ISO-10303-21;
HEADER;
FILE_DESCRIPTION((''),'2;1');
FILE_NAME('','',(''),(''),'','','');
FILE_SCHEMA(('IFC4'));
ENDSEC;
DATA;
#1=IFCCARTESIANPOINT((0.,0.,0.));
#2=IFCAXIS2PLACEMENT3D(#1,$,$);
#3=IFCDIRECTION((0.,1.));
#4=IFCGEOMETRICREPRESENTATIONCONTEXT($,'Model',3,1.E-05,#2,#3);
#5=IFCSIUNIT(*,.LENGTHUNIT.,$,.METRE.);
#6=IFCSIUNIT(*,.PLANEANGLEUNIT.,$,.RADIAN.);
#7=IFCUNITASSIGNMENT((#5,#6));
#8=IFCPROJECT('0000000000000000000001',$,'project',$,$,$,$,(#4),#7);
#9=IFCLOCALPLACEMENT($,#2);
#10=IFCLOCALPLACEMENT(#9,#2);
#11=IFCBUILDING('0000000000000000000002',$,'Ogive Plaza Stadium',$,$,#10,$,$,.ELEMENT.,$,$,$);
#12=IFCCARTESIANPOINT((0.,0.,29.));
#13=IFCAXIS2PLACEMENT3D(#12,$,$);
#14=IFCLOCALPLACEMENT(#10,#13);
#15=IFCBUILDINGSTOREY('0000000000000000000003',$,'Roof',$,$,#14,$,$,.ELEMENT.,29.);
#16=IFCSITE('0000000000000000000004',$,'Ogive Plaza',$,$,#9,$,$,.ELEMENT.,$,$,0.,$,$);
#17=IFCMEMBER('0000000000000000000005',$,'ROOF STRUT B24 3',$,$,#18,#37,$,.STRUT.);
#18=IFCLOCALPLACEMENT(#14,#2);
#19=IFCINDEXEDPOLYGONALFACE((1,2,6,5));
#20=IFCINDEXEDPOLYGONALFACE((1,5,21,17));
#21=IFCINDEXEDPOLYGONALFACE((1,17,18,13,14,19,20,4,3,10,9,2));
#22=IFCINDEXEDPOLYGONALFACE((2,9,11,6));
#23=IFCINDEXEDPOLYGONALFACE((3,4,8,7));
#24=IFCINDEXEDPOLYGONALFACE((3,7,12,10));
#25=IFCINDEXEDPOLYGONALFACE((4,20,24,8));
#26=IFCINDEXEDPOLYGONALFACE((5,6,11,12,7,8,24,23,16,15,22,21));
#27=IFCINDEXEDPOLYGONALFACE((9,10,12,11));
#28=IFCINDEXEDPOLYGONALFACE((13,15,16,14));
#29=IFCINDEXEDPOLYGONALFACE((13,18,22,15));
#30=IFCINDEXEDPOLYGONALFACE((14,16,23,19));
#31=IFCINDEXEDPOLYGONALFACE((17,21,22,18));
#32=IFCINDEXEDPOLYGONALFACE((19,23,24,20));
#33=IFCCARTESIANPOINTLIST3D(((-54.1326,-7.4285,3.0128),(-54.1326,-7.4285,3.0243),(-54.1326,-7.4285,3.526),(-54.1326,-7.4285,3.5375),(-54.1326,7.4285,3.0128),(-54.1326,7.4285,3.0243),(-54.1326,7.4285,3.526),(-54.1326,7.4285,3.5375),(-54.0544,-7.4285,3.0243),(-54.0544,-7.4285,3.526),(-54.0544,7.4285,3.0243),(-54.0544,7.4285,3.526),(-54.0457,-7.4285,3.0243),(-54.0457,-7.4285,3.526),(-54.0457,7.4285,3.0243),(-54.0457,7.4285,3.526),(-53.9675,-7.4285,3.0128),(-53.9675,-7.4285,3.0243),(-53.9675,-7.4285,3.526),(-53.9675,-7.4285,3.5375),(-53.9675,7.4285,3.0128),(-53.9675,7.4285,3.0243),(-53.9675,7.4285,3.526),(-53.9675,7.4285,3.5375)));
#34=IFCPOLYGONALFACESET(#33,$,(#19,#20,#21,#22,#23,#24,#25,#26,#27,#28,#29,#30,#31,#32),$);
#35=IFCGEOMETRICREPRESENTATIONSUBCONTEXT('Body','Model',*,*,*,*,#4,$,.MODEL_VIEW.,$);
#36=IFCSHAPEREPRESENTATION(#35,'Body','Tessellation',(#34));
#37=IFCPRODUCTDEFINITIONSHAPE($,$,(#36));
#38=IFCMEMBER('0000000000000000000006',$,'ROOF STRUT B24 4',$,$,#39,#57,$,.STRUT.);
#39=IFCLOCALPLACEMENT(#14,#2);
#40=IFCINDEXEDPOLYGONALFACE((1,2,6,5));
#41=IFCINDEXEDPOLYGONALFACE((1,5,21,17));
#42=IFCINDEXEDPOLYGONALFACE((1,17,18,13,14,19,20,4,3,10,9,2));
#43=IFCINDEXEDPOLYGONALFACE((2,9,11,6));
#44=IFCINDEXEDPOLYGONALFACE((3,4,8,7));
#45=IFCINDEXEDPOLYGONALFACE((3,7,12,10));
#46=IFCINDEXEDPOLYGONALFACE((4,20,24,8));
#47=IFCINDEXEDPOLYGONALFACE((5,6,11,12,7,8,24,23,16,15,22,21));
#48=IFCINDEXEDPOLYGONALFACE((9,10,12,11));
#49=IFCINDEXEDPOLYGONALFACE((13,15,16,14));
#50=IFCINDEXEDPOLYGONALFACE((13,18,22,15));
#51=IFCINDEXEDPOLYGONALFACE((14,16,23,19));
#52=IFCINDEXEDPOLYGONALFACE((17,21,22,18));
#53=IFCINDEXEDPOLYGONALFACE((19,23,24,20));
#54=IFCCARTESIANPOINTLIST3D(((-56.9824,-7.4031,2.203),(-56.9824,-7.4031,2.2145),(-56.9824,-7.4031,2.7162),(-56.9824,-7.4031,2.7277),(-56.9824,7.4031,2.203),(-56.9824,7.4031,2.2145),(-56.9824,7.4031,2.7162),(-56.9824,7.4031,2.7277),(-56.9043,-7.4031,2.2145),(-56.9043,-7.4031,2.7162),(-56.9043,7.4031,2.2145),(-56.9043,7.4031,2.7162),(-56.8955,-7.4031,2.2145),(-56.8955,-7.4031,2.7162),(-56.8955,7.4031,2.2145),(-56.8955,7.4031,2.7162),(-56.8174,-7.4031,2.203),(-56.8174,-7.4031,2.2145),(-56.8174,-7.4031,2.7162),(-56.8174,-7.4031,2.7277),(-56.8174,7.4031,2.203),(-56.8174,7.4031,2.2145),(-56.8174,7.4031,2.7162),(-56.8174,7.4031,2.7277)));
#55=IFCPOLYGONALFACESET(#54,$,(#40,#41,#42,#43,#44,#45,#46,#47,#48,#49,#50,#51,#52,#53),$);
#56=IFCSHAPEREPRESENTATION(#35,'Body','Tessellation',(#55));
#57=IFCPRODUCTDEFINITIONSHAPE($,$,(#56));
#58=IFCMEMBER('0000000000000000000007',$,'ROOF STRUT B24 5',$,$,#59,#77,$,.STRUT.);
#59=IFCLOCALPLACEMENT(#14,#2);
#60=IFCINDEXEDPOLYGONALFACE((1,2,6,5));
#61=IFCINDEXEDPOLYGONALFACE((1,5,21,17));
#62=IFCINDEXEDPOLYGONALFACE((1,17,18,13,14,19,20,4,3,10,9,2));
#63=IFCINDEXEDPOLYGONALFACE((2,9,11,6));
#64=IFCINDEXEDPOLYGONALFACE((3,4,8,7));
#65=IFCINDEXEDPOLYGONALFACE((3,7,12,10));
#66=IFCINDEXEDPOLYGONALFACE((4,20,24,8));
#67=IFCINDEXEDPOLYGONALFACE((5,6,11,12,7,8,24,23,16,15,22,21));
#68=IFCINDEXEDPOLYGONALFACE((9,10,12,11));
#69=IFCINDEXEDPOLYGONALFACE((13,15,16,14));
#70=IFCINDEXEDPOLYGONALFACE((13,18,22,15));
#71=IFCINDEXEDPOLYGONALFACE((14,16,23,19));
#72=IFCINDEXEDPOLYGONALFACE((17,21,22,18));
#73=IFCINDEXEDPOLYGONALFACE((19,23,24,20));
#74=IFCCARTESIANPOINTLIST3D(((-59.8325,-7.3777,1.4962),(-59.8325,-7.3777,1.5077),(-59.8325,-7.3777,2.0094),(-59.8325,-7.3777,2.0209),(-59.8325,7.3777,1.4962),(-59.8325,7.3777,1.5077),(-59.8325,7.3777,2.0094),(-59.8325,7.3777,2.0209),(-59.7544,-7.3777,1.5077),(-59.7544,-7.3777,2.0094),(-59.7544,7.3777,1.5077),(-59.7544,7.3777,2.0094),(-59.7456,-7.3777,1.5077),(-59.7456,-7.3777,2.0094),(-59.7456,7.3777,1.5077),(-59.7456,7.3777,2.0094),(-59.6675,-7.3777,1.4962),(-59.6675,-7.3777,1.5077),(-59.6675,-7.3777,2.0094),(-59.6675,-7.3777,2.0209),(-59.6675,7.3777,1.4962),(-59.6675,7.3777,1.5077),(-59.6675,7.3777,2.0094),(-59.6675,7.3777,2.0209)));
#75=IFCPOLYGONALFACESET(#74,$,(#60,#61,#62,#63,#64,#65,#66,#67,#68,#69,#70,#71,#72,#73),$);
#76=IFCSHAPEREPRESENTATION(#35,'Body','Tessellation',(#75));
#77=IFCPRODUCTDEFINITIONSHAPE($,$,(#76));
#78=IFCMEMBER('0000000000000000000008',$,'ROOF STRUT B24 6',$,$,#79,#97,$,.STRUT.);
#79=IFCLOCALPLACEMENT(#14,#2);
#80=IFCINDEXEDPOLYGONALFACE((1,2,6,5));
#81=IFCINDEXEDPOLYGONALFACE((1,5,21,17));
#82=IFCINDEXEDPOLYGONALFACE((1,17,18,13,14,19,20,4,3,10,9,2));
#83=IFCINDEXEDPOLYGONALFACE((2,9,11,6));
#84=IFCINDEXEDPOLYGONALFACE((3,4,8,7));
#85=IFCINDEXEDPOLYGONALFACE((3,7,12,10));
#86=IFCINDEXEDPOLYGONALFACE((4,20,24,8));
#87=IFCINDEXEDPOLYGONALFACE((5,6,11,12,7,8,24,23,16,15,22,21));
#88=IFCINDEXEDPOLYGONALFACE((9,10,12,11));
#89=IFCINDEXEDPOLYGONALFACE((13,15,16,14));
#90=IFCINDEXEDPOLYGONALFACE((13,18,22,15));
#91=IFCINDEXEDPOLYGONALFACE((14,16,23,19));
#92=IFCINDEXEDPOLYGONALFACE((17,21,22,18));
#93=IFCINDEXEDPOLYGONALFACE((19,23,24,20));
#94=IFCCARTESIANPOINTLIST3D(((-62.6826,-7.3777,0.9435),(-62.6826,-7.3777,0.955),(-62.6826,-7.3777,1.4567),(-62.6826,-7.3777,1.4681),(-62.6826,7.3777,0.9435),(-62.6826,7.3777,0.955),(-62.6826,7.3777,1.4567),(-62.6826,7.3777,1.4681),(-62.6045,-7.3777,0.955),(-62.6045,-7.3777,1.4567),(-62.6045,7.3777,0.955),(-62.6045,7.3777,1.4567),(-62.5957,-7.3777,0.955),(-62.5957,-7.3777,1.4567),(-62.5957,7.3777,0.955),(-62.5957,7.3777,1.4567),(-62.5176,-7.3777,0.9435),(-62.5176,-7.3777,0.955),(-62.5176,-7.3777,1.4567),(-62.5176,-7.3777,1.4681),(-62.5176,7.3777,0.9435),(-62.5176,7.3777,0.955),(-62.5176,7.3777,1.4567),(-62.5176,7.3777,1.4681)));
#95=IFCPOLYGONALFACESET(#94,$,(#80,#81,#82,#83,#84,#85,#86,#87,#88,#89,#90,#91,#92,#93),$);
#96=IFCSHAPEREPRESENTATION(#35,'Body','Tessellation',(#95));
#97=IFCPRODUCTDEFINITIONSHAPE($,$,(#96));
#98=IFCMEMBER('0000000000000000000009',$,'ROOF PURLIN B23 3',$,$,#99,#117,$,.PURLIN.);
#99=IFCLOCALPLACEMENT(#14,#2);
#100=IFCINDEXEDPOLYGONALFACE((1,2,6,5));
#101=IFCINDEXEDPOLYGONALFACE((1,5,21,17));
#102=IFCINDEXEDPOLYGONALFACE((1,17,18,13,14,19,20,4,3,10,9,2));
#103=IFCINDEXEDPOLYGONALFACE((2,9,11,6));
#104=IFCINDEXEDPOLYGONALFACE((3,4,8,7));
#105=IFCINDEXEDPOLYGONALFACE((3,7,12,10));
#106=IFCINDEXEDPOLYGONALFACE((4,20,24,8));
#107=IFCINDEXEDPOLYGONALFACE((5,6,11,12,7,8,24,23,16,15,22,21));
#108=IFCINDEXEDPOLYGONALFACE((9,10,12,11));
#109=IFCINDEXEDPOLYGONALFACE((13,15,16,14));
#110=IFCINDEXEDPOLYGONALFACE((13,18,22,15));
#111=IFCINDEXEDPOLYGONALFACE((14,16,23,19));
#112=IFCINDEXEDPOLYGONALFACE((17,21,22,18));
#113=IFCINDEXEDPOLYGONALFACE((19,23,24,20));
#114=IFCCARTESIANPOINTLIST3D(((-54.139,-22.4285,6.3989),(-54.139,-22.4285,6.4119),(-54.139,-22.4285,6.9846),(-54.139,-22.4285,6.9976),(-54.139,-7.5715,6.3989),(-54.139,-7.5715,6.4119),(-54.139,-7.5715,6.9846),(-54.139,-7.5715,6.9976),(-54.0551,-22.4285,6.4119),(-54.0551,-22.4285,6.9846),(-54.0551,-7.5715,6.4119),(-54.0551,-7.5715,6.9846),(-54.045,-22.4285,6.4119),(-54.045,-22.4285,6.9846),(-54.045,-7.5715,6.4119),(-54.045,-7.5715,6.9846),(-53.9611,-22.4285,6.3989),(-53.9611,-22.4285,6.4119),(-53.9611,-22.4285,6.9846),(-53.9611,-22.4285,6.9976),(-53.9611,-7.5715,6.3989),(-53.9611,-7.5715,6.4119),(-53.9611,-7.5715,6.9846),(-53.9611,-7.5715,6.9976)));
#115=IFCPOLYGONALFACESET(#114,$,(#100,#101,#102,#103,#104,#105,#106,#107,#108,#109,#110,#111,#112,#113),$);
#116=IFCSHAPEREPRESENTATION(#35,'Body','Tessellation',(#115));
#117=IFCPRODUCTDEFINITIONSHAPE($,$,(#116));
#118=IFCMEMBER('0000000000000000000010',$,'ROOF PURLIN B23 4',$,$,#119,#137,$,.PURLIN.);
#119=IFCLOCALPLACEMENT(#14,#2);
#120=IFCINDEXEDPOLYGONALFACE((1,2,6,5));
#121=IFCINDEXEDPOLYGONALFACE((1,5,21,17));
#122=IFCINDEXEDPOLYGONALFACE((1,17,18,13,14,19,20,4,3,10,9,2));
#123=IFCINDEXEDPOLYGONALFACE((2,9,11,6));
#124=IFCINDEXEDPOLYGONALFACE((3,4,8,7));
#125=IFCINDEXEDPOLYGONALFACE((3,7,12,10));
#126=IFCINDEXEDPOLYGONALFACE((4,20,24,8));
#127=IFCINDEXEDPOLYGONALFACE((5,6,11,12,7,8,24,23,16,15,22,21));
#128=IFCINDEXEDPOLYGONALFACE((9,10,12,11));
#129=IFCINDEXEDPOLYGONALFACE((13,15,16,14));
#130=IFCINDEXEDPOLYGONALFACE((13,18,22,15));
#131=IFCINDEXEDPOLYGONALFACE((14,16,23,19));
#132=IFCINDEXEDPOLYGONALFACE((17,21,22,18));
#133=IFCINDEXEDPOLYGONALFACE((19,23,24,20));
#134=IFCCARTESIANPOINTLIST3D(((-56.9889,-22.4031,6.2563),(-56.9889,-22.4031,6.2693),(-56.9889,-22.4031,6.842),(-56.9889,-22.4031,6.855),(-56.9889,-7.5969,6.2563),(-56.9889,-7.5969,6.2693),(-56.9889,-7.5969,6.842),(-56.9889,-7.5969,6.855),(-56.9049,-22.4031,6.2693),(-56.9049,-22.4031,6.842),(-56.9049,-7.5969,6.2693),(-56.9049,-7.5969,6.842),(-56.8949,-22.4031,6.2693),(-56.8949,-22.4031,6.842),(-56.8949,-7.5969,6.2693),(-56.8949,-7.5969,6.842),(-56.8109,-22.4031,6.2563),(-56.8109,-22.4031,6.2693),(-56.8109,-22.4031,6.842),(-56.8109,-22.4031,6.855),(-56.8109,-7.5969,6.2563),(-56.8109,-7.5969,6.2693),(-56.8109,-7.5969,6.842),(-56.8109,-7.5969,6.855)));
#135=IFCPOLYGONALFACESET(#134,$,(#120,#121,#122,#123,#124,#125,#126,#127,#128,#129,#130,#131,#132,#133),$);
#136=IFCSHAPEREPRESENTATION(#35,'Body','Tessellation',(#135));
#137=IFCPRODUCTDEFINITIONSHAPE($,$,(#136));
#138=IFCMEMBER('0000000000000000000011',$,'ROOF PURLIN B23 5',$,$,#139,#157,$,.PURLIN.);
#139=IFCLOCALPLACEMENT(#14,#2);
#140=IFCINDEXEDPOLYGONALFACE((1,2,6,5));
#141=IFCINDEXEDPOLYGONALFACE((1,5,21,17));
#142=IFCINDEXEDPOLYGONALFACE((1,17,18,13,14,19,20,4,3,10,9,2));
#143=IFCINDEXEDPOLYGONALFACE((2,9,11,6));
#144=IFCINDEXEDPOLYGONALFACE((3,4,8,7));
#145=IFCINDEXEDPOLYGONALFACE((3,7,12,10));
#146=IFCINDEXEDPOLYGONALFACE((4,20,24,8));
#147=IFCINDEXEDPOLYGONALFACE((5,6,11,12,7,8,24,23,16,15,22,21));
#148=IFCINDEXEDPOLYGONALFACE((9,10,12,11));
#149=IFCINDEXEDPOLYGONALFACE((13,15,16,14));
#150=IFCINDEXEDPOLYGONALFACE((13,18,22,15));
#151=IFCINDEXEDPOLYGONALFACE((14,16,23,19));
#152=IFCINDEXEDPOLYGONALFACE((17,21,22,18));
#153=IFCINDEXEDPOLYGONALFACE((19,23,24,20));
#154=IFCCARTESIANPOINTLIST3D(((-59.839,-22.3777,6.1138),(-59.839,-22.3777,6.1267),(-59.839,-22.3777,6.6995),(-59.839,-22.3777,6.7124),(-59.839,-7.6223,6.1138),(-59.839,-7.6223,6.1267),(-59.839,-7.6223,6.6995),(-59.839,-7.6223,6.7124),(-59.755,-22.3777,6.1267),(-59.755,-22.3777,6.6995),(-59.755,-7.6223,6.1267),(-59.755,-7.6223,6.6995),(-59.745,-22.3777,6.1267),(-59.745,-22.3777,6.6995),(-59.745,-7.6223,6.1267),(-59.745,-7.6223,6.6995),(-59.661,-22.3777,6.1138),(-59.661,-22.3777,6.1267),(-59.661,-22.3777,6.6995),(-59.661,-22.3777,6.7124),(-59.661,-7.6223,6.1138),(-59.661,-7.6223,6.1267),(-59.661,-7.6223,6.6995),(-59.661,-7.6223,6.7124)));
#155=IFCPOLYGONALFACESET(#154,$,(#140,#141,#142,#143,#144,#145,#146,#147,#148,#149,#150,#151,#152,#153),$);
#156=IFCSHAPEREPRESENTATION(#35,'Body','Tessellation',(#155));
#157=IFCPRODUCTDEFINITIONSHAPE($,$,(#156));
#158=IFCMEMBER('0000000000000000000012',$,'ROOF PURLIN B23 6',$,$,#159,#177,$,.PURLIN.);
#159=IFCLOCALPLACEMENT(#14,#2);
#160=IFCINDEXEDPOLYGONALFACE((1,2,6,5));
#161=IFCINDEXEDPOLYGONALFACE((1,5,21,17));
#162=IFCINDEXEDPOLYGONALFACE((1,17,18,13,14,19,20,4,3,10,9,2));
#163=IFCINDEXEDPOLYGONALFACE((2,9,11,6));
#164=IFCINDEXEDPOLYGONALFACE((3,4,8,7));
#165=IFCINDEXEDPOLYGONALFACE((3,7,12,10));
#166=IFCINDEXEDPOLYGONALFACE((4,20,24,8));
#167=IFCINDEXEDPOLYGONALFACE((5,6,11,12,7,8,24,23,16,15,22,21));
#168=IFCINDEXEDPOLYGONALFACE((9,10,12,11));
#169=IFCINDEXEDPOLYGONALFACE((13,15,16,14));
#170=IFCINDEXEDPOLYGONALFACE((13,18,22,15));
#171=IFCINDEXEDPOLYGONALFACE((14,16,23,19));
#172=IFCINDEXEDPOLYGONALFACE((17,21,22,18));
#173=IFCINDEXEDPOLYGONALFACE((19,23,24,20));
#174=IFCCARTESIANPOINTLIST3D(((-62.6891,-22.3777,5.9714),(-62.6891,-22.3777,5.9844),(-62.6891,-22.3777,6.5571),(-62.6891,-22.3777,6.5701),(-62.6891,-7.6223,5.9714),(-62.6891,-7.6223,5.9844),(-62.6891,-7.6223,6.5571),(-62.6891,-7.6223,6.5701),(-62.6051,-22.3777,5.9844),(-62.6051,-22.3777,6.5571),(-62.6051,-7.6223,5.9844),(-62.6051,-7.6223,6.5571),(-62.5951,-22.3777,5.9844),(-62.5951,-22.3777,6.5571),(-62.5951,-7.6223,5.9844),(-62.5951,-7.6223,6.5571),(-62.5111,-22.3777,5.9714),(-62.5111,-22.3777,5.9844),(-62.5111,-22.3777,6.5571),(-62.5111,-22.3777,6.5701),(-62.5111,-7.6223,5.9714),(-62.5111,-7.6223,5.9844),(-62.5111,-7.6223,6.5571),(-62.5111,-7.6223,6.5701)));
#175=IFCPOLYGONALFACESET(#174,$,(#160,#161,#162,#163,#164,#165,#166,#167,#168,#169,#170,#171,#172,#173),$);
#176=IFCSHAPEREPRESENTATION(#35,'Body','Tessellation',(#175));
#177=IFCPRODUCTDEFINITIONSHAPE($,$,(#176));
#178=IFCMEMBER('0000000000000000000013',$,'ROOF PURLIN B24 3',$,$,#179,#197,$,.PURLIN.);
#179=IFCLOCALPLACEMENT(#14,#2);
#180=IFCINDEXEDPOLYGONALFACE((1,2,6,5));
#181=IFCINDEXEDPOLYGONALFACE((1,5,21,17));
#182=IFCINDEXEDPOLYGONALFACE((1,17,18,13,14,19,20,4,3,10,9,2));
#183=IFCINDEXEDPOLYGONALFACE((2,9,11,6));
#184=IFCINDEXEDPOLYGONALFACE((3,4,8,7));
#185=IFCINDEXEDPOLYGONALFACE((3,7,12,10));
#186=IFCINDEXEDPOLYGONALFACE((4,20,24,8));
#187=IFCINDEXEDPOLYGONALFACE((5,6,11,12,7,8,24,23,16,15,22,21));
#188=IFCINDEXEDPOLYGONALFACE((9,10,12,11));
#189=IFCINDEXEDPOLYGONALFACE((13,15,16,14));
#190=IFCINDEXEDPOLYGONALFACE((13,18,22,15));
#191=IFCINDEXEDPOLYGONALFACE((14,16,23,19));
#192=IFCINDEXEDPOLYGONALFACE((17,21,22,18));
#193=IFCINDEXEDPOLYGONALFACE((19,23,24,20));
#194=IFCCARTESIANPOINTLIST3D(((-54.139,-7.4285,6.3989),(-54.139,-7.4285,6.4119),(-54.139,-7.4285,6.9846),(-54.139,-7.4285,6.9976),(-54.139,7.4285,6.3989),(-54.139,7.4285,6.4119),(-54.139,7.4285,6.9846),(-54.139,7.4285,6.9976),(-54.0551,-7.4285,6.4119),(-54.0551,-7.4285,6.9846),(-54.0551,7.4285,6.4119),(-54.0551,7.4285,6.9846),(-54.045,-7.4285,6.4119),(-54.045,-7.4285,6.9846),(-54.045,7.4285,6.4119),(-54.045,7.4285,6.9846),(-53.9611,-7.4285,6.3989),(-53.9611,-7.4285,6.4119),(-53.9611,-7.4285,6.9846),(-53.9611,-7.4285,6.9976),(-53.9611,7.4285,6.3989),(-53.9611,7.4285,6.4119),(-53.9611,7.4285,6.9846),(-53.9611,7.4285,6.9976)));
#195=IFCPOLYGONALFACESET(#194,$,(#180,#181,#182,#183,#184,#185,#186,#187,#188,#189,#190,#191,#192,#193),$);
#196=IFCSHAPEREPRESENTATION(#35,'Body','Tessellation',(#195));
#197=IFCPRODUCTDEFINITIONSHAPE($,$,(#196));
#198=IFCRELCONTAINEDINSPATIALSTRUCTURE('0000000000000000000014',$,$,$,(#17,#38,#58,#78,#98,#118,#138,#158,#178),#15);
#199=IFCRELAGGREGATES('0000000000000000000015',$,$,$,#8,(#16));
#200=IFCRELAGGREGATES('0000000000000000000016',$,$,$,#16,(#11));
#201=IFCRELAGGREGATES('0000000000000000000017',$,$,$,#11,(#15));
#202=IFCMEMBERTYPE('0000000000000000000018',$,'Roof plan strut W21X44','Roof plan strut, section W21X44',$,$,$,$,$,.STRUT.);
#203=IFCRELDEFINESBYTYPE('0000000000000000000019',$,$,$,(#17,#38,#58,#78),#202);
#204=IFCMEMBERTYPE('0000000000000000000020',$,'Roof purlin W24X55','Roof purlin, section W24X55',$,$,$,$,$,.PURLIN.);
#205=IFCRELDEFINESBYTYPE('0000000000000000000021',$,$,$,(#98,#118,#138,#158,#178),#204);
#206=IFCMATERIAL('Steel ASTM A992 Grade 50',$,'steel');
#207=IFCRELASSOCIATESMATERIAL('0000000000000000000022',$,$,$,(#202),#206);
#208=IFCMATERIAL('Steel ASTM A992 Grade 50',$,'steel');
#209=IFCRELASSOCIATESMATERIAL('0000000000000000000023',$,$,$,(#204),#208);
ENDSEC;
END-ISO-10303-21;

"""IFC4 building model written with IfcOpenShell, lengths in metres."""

from ifc_helpers import new_model, si_unit, direction, frame, origin, origin_2d, place, context, subcontext, project, spatial, i_section, extrude, material, material_profile, profile_set, type_object, element, save


model = new_model("IFC4")

# Units and contexts
model_context = context("Model", 3, precision=1e-05, world=origin(), true_north=direction((0.0, 1.0)))
body_context = subcontext(model_context, "Body", "Model", "MODEL_VIEW")
ifc_project = project(units=[si_unit("LENGTHUNIT", "METRE"), si_unit("PLANEANGLEUNIT", "RADIAN")], contexts=[model_context])

# Site, building, storey
site_placement = place(None, origin())
site = spatial("IfcSite", under=ifc_project, at=site_placement, Name="Ogive Plaza", CompositionType="ELEMENT", RefElevation=0.0)
building_placement = place(site_placement, origin())
building = spatial("IfcBuilding", under=site, at=building_placement, Name="Ogive Plaza Stadium", CompositionType="ELEMENT")
storey_placement = place(building_placement, frame((0.0, 0.0, 29.0)))
storey = spatial("IfcBuildingStorey", under=building, at=storey_placement, Name="Roof", CompositionType="ELEMENT", Elevation=29.0)

# Members
ifc_material_1 = material(Name="Steel ASTM A992 Grade 50", Category="steel")
ifc_material_profile_1 = material_profile(ifc_material_1, i_section(OverallWidth=0.165, OverallDepth=0.5247, WebThickness=0.0088, FlangeThickness=0.0115, at=origin_2d()), Name="W21X44")
ifc_profile_set_1 = profile_set([ifc_material_profile_1], Name="Steel ASTM A992 Grade 50")
member_type_1 = type_object("IfcMemberType", Name="Roof plan strut W21X44", Description="Roof plan strut, section W21X44", PredefinedType="STRUT", material=ifc_profile_set_1)
member_1_placement = place(storey_placement, frame((-54.05, -7.4285, 3.2751), z_axis=(0.0, 1.0, 0.0), x_axis=(-1.0, 0.0, 0.0)))
element("IfcMember", 1, at=member_1_placement, inside=storey, type_object=member_type_1, Name="ROOF STRUT B24 3", PredefinedType="STRUT", context=body_context, shape_type="SweptSolid", body=[
    extrude(i_section(OverallWidth=0.165, OverallDepth=0.5247, WebThickness=0.0088, FlangeThickness=0.0115, at=origin_2d()), origin(), (0.0, 0.0, 1.0), 14.8569),
])
member_2_placement = place(storey_placement, frame((-56.8999, -7.4031, 2.4653), z_axis=(0.0, 1.0, 0.0), x_axis=(-1.0, 0.0, 0.0)))
element("IfcMember", 2, at=member_2_placement, inside=storey, type_object=member_type_1, Name="ROOF STRUT B24 4", PredefinedType="STRUT", context=body_context, shape_type="SweptSolid", body=[
    extrude(i_section(OverallWidth=0.165, OverallDepth=0.5247, WebThickness=0.0088, FlangeThickness=0.0115, at=origin_2d()), origin(), (0.0, 0.0, 1.0), 14.8062),
])
for number, where, z_axis, x_axis, name in (
    (3, (-59.75, -7.3777, 1.7585), (0.0, 1.0, 0.0), (-1.0, 0.0, 0.0), "ROOF STRUT B24 5"),
    (4, (-62.6001, -7.3777, 1.2058), (0.0, 1.0, 0.0), (-1.0, 0.0, 0.0), "ROOF STRUT B24 6"),
):
    element("IfcMember", number, at=place(storey_placement, frame(where, z_axis=z_axis, x_axis=x_axis)), inside=storey, type_object=member_type_1, Name=name, PredefinedType="STRUT", context=body_context, shape_type="SweptSolid", body=[
        extrude(i_section(OverallWidth=0.165, OverallDepth=0.5247, WebThickness=0.0088, FlangeThickness=0.0115, at=origin_2d()), origin(), (0.0, 0.0, 1.0), 14.7554),
    ])
ifc_material_2 = material(Name="Steel ASTM A992 Grade 50", Category="steel")
ifc_material_profile_2 = material_profile(ifc_material_2, i_section(OverallWidth=0.178, OverallDepth=0.5986, WebThickness=0.01, FlangeThickness=0.0129, at=origin_2d()), Name="W24X55")
ifc_profile_set_2 = profile_set([ifc_material_profile_2], Name="Steel ASTM A992 Grade 50")
member_type_2 = type_object("IfcMemberType", Name="Roof purlin W24X55", Description="Roof purlin, section W24X55", PredefinedType="PURLIN", material=ifc_profile_set_2)
member_3_placement = place(storey_placement, frame((-54.05, -22.4285, 6.6982), z_axis=(0.0, 1.0, 0.0), x_axis=(-1.0, 0.0, 0.0)))
element("IfcMember", 5, at=member_3_placement, inside=storey, type_object=member_type_2, Name="ROOF PURLIN B23 3", PredefinedType="PURLIN", context=body_context, shape_type="SweptSolid", body=[
    extrude(i_section(OverallWidth=0.178, OverallDepth=0.5986, WebThickness=0.01, FlangeThickness=0.0129, at=origin_2d()), origin(), (0.0, 0.0, 1.0), 14.8569),
])
member_4_placement = place(storey_placement, frame((-56.8999, -22.4031, 6.5557), z_axis=(0.0, 1.0, 0.0), x_axis=(-1.0, 0.0, 0.0)))
element("IfcMember", 6, at=member_4_placement, inside=storey, type_object=member_type_2, Name="ROOF PURLIN B23 4", PredefinedType="PURLIN", context=body_context, shape_type="SweptSolid", body=[
    extrude(i_section(OverallWidth=0.178, OverallDepth=0.5986, WebThickness=0.01, FlangeThickness=0.0129, at=origin_2d()), origin(), (0.0, 0.0, 1.0), 14.8062),
])
for number, where, z_axis, x_axis, name in (
    (7, (-59.75, -22.3777, 6.4131), (0.0, 1.0, 0.0), (-1.0, 0.0, 0.0), "ROOF PURLIN B23 5"),
    (8, (-62.6001, -22.3777, 6.2708), (0.0, 1.0, 0.0), (-1.0, 0.0, 0.0), "ROOF PURLIN B23 6"),
):
    element("IfcMember", number, at=place(storey_placement, frame(where, z_axis=z_axis, x_axis=x_axis)), inside=storey, type_object=member_type_2, Name=name, PredefinedType="PURLIN", context=body_context, shape_type="SweptSolid", body=[
        extrude(i_section(OverallWidth=0.178, OverallDepth=0.5986, WebThickness=0.01, FlangeThickness=0.0129, at=origin_2d()), origin(), (0.0, 0.0, 1.0), 14.7554),
    ])
member_5_placement = place(storey_placement, frame((-54.05, -7.4285, 6.6982), z_axis=(0.0, 1.0, 0.0), x_axis=(-1.0, 0.0, 0.0)))
element("IfcMember", 9, at=member_5_placement, inside=storey, type_object=member_type_2, Name="ROOF PURLIN B24 3", PredefinedType="PURLIN", context=body_context, shape_type="SweptSolid", body=[
    extrude(i_section(OverallWidth=0.178, OverallDepth=0.5986, WebThickness=0.01, FlangeThickness=0.0129, at=origin_2d()), origin(), (0.0, 0.0, 1.0), 14.8569),
])

save(model, "model.ifc")
